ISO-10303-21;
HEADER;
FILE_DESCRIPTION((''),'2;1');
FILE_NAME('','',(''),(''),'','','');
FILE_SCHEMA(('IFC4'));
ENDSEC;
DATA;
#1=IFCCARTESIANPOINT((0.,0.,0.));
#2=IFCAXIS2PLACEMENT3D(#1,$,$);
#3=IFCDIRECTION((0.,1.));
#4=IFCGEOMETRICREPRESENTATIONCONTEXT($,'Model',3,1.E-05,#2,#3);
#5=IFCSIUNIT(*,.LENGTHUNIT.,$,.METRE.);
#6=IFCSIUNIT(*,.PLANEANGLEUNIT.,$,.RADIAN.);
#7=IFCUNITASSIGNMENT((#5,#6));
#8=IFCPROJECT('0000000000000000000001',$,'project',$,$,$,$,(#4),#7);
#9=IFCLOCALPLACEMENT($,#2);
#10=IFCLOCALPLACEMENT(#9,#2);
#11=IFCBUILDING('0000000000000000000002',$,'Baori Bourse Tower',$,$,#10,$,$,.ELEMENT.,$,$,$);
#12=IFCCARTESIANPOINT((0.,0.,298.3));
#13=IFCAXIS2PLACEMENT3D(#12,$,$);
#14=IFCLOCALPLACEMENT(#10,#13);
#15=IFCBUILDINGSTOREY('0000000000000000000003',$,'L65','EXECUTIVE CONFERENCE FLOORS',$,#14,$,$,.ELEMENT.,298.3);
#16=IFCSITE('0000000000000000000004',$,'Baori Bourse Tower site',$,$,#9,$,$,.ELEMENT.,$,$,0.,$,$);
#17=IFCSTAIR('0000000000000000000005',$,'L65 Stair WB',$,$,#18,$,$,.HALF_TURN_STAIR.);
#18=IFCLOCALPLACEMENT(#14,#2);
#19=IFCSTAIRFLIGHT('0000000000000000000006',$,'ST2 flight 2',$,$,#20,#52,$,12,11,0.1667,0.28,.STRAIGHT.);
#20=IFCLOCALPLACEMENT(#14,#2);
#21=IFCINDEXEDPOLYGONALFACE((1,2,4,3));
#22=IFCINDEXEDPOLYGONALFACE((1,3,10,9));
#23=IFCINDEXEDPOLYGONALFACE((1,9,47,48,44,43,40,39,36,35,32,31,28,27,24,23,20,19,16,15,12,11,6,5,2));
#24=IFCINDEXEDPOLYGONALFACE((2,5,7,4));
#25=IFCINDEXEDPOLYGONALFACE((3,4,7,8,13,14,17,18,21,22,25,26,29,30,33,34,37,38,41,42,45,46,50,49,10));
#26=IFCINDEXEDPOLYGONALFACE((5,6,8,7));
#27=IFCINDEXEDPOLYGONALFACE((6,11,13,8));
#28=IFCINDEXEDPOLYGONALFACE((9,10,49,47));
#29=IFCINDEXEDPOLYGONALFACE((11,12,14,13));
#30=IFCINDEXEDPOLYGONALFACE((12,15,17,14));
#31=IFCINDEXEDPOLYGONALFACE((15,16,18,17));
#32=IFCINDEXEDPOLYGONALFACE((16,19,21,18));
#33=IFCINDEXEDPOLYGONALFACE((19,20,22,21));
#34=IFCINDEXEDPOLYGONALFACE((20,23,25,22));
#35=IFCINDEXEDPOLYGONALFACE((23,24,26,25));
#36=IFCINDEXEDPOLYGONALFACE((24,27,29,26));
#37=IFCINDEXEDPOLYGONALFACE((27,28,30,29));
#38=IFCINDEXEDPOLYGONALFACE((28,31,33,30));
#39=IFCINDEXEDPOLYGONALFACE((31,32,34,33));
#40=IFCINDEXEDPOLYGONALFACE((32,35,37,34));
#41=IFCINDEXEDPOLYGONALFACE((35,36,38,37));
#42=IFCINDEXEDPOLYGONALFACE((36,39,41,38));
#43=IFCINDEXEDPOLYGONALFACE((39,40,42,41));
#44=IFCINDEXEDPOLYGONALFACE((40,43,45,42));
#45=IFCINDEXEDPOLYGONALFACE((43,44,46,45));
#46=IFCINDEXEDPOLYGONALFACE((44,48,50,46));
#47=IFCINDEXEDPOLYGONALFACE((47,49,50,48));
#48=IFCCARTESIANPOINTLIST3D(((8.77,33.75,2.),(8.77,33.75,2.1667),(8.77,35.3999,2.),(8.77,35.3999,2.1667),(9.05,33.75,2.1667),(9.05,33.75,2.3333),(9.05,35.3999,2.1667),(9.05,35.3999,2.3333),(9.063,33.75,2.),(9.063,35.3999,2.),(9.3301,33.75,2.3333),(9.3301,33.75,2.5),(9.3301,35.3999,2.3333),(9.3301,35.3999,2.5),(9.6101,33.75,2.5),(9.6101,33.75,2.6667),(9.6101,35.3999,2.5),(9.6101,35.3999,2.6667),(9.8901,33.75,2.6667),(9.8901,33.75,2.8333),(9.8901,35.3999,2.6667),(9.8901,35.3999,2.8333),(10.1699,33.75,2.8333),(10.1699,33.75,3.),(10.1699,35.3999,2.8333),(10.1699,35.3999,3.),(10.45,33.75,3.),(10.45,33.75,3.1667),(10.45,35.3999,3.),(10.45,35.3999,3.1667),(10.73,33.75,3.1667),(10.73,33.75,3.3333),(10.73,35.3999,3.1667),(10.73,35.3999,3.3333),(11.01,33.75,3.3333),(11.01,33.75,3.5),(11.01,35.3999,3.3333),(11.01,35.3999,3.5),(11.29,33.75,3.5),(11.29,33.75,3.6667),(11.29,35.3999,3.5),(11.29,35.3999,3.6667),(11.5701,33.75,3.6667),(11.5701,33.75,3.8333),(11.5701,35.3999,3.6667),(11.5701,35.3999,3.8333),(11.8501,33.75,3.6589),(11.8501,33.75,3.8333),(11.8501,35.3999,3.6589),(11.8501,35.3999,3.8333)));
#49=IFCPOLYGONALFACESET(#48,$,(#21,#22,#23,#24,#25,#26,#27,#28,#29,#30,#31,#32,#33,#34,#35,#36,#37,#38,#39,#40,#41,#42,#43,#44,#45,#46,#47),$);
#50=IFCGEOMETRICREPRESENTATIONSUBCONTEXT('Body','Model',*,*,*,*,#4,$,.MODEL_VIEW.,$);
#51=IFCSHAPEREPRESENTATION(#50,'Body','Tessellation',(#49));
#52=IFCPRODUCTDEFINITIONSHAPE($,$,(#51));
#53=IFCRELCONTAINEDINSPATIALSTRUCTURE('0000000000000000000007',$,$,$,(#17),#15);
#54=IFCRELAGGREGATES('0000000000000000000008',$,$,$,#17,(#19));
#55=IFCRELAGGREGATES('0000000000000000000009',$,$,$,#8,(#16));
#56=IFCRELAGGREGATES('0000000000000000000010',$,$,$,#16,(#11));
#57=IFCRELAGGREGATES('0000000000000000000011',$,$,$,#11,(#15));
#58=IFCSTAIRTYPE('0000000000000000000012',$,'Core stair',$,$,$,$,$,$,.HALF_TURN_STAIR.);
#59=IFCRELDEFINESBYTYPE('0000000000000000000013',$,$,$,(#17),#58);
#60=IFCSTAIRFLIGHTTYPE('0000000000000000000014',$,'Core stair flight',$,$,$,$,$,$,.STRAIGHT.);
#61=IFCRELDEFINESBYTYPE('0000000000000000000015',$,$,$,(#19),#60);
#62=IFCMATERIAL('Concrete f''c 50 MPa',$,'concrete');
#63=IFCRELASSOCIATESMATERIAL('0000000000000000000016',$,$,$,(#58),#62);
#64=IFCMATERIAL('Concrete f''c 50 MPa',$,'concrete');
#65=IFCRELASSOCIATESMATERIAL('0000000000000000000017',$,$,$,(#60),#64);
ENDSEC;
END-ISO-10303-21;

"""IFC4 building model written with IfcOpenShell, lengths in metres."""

from ifc_helpers import new_model, si_unit, direction, frame, origin, place, context, subcontext, project, spatial, polyline, outline, extrude, material, type_object, element, aggregate, save


model = new_model("IFC4")

# Units and contexts
model_context = context("Model", 3, precision=1e-05, world=origin(), true_north=direction((0.0, 1.0)))
body_context = subcontext(model_context, "Body", "Model", "MODEL_VIEW")
ifc_project = project(units=[si_unit("LENGTHUNIT", "METRE"), si_unit("PLANEANGLEUNIT", "RADIAN")], contexts=[model_context])

# Site, building, storey
site_placement = place(None, origin())
site = spatial("IfcSite", under=ifc_project, at=site_placement, Name="Baori Bourse Tower site", CompositionType="ELEMENT", RefElevation=0.0)
building_placement = place(site_placement, origin())
building = spatial("IfcBuilding", under=site, at=building_placement, Name="Baori Bourse Tower", CompositionType="ELEMENT")
storey_placement = place(building_placement, frame((0.0, 0.0, 298.3)))
storey = spatial("IfcBuildingStorey", under=building, at=storey_placement, Name="L65", Description="EXECUTIVE CONFERENCE FLOORS", CompositionType="ELEMENT", Elevation=298.3)

# Stair, stair flight
ifc_material_1 = material(Name="Concrete f'c 50 MPa", Category="concrete")
stair_type = type_object("IfcStairType", Name="Core stair", PredefinedType="HALF_TURN_STAIR", material=ifc_material_1)
stair_placement = place(storey_placement, origin())
stair = element("IfcStair", 1, at=stair_placement, inside=storey, type_object=stair_type, Name="L65 Stair WB", PredefinedType="HALF_TURN_STAIR")
ifc_material_2 = material(Name="Concrete f'c 50 MPa", Category="concrete")
stair_flight_type = type_object("IfcStairFlightType", Name="Core stair flight", PredefinedType="STRAIGHT", material=ifc_material_2)
stair_flight_placement = place(storey_placement, frame((8.77, 34.575, 2.0), z_axis=(0.0, 0.0, 1.0), x_axis=(1.0, 0.0, 0.0)))
stair_flight = element("IfcStairFlight", 2, at=stair_flight_placement, type_object=stair_flight_type, Name="ST2 flight 2", NumberOfRisers=12, NumberOfTreads=11, PredefinedType="STRAIGHT", RiserHeight=0.1667, TreadLength=0.28, context=body_context, shape_type="SweptSolid", body=[
    extrude(outline(polyline([(0.0, 0.0), (0.0, 0.1667), (0.28, 0.1667), (0.28, 0.3333), (0.5601, 0.3333), (0.5601, 0.5), (0.8401, 0.5), (0.8401, 0.6667), (1.1201, 0.6667), (1.1201, 0.8333), (1.3999, 0.8333), (1.3999, 1.0), (1.6799, 1.0), (1.6799, 1.1667), (1.96, 1.1667), (1.96, 1.3333), (2.24, 1.3333), (2.24, 1.5), (2.52, 1.5), (2.52, 1.6667), (2.8, 1.6667), (2.8, 1.8333), (3.0801, 1.8333), (3.0801, 2.0), (3.0801, 1.6589), (0.293, 0.0), (0.0, 0.0)])), frame((0.0, 0.825, 0.0), z_axis=(0.0, -1.0, 0.0), x_axis=(1.0, 0.0, 0.0)), (0.0, 0.0, 1.0), 1.6499),
])
aggregate(stair, [stair_flight])

save(model, "model.ifc")
